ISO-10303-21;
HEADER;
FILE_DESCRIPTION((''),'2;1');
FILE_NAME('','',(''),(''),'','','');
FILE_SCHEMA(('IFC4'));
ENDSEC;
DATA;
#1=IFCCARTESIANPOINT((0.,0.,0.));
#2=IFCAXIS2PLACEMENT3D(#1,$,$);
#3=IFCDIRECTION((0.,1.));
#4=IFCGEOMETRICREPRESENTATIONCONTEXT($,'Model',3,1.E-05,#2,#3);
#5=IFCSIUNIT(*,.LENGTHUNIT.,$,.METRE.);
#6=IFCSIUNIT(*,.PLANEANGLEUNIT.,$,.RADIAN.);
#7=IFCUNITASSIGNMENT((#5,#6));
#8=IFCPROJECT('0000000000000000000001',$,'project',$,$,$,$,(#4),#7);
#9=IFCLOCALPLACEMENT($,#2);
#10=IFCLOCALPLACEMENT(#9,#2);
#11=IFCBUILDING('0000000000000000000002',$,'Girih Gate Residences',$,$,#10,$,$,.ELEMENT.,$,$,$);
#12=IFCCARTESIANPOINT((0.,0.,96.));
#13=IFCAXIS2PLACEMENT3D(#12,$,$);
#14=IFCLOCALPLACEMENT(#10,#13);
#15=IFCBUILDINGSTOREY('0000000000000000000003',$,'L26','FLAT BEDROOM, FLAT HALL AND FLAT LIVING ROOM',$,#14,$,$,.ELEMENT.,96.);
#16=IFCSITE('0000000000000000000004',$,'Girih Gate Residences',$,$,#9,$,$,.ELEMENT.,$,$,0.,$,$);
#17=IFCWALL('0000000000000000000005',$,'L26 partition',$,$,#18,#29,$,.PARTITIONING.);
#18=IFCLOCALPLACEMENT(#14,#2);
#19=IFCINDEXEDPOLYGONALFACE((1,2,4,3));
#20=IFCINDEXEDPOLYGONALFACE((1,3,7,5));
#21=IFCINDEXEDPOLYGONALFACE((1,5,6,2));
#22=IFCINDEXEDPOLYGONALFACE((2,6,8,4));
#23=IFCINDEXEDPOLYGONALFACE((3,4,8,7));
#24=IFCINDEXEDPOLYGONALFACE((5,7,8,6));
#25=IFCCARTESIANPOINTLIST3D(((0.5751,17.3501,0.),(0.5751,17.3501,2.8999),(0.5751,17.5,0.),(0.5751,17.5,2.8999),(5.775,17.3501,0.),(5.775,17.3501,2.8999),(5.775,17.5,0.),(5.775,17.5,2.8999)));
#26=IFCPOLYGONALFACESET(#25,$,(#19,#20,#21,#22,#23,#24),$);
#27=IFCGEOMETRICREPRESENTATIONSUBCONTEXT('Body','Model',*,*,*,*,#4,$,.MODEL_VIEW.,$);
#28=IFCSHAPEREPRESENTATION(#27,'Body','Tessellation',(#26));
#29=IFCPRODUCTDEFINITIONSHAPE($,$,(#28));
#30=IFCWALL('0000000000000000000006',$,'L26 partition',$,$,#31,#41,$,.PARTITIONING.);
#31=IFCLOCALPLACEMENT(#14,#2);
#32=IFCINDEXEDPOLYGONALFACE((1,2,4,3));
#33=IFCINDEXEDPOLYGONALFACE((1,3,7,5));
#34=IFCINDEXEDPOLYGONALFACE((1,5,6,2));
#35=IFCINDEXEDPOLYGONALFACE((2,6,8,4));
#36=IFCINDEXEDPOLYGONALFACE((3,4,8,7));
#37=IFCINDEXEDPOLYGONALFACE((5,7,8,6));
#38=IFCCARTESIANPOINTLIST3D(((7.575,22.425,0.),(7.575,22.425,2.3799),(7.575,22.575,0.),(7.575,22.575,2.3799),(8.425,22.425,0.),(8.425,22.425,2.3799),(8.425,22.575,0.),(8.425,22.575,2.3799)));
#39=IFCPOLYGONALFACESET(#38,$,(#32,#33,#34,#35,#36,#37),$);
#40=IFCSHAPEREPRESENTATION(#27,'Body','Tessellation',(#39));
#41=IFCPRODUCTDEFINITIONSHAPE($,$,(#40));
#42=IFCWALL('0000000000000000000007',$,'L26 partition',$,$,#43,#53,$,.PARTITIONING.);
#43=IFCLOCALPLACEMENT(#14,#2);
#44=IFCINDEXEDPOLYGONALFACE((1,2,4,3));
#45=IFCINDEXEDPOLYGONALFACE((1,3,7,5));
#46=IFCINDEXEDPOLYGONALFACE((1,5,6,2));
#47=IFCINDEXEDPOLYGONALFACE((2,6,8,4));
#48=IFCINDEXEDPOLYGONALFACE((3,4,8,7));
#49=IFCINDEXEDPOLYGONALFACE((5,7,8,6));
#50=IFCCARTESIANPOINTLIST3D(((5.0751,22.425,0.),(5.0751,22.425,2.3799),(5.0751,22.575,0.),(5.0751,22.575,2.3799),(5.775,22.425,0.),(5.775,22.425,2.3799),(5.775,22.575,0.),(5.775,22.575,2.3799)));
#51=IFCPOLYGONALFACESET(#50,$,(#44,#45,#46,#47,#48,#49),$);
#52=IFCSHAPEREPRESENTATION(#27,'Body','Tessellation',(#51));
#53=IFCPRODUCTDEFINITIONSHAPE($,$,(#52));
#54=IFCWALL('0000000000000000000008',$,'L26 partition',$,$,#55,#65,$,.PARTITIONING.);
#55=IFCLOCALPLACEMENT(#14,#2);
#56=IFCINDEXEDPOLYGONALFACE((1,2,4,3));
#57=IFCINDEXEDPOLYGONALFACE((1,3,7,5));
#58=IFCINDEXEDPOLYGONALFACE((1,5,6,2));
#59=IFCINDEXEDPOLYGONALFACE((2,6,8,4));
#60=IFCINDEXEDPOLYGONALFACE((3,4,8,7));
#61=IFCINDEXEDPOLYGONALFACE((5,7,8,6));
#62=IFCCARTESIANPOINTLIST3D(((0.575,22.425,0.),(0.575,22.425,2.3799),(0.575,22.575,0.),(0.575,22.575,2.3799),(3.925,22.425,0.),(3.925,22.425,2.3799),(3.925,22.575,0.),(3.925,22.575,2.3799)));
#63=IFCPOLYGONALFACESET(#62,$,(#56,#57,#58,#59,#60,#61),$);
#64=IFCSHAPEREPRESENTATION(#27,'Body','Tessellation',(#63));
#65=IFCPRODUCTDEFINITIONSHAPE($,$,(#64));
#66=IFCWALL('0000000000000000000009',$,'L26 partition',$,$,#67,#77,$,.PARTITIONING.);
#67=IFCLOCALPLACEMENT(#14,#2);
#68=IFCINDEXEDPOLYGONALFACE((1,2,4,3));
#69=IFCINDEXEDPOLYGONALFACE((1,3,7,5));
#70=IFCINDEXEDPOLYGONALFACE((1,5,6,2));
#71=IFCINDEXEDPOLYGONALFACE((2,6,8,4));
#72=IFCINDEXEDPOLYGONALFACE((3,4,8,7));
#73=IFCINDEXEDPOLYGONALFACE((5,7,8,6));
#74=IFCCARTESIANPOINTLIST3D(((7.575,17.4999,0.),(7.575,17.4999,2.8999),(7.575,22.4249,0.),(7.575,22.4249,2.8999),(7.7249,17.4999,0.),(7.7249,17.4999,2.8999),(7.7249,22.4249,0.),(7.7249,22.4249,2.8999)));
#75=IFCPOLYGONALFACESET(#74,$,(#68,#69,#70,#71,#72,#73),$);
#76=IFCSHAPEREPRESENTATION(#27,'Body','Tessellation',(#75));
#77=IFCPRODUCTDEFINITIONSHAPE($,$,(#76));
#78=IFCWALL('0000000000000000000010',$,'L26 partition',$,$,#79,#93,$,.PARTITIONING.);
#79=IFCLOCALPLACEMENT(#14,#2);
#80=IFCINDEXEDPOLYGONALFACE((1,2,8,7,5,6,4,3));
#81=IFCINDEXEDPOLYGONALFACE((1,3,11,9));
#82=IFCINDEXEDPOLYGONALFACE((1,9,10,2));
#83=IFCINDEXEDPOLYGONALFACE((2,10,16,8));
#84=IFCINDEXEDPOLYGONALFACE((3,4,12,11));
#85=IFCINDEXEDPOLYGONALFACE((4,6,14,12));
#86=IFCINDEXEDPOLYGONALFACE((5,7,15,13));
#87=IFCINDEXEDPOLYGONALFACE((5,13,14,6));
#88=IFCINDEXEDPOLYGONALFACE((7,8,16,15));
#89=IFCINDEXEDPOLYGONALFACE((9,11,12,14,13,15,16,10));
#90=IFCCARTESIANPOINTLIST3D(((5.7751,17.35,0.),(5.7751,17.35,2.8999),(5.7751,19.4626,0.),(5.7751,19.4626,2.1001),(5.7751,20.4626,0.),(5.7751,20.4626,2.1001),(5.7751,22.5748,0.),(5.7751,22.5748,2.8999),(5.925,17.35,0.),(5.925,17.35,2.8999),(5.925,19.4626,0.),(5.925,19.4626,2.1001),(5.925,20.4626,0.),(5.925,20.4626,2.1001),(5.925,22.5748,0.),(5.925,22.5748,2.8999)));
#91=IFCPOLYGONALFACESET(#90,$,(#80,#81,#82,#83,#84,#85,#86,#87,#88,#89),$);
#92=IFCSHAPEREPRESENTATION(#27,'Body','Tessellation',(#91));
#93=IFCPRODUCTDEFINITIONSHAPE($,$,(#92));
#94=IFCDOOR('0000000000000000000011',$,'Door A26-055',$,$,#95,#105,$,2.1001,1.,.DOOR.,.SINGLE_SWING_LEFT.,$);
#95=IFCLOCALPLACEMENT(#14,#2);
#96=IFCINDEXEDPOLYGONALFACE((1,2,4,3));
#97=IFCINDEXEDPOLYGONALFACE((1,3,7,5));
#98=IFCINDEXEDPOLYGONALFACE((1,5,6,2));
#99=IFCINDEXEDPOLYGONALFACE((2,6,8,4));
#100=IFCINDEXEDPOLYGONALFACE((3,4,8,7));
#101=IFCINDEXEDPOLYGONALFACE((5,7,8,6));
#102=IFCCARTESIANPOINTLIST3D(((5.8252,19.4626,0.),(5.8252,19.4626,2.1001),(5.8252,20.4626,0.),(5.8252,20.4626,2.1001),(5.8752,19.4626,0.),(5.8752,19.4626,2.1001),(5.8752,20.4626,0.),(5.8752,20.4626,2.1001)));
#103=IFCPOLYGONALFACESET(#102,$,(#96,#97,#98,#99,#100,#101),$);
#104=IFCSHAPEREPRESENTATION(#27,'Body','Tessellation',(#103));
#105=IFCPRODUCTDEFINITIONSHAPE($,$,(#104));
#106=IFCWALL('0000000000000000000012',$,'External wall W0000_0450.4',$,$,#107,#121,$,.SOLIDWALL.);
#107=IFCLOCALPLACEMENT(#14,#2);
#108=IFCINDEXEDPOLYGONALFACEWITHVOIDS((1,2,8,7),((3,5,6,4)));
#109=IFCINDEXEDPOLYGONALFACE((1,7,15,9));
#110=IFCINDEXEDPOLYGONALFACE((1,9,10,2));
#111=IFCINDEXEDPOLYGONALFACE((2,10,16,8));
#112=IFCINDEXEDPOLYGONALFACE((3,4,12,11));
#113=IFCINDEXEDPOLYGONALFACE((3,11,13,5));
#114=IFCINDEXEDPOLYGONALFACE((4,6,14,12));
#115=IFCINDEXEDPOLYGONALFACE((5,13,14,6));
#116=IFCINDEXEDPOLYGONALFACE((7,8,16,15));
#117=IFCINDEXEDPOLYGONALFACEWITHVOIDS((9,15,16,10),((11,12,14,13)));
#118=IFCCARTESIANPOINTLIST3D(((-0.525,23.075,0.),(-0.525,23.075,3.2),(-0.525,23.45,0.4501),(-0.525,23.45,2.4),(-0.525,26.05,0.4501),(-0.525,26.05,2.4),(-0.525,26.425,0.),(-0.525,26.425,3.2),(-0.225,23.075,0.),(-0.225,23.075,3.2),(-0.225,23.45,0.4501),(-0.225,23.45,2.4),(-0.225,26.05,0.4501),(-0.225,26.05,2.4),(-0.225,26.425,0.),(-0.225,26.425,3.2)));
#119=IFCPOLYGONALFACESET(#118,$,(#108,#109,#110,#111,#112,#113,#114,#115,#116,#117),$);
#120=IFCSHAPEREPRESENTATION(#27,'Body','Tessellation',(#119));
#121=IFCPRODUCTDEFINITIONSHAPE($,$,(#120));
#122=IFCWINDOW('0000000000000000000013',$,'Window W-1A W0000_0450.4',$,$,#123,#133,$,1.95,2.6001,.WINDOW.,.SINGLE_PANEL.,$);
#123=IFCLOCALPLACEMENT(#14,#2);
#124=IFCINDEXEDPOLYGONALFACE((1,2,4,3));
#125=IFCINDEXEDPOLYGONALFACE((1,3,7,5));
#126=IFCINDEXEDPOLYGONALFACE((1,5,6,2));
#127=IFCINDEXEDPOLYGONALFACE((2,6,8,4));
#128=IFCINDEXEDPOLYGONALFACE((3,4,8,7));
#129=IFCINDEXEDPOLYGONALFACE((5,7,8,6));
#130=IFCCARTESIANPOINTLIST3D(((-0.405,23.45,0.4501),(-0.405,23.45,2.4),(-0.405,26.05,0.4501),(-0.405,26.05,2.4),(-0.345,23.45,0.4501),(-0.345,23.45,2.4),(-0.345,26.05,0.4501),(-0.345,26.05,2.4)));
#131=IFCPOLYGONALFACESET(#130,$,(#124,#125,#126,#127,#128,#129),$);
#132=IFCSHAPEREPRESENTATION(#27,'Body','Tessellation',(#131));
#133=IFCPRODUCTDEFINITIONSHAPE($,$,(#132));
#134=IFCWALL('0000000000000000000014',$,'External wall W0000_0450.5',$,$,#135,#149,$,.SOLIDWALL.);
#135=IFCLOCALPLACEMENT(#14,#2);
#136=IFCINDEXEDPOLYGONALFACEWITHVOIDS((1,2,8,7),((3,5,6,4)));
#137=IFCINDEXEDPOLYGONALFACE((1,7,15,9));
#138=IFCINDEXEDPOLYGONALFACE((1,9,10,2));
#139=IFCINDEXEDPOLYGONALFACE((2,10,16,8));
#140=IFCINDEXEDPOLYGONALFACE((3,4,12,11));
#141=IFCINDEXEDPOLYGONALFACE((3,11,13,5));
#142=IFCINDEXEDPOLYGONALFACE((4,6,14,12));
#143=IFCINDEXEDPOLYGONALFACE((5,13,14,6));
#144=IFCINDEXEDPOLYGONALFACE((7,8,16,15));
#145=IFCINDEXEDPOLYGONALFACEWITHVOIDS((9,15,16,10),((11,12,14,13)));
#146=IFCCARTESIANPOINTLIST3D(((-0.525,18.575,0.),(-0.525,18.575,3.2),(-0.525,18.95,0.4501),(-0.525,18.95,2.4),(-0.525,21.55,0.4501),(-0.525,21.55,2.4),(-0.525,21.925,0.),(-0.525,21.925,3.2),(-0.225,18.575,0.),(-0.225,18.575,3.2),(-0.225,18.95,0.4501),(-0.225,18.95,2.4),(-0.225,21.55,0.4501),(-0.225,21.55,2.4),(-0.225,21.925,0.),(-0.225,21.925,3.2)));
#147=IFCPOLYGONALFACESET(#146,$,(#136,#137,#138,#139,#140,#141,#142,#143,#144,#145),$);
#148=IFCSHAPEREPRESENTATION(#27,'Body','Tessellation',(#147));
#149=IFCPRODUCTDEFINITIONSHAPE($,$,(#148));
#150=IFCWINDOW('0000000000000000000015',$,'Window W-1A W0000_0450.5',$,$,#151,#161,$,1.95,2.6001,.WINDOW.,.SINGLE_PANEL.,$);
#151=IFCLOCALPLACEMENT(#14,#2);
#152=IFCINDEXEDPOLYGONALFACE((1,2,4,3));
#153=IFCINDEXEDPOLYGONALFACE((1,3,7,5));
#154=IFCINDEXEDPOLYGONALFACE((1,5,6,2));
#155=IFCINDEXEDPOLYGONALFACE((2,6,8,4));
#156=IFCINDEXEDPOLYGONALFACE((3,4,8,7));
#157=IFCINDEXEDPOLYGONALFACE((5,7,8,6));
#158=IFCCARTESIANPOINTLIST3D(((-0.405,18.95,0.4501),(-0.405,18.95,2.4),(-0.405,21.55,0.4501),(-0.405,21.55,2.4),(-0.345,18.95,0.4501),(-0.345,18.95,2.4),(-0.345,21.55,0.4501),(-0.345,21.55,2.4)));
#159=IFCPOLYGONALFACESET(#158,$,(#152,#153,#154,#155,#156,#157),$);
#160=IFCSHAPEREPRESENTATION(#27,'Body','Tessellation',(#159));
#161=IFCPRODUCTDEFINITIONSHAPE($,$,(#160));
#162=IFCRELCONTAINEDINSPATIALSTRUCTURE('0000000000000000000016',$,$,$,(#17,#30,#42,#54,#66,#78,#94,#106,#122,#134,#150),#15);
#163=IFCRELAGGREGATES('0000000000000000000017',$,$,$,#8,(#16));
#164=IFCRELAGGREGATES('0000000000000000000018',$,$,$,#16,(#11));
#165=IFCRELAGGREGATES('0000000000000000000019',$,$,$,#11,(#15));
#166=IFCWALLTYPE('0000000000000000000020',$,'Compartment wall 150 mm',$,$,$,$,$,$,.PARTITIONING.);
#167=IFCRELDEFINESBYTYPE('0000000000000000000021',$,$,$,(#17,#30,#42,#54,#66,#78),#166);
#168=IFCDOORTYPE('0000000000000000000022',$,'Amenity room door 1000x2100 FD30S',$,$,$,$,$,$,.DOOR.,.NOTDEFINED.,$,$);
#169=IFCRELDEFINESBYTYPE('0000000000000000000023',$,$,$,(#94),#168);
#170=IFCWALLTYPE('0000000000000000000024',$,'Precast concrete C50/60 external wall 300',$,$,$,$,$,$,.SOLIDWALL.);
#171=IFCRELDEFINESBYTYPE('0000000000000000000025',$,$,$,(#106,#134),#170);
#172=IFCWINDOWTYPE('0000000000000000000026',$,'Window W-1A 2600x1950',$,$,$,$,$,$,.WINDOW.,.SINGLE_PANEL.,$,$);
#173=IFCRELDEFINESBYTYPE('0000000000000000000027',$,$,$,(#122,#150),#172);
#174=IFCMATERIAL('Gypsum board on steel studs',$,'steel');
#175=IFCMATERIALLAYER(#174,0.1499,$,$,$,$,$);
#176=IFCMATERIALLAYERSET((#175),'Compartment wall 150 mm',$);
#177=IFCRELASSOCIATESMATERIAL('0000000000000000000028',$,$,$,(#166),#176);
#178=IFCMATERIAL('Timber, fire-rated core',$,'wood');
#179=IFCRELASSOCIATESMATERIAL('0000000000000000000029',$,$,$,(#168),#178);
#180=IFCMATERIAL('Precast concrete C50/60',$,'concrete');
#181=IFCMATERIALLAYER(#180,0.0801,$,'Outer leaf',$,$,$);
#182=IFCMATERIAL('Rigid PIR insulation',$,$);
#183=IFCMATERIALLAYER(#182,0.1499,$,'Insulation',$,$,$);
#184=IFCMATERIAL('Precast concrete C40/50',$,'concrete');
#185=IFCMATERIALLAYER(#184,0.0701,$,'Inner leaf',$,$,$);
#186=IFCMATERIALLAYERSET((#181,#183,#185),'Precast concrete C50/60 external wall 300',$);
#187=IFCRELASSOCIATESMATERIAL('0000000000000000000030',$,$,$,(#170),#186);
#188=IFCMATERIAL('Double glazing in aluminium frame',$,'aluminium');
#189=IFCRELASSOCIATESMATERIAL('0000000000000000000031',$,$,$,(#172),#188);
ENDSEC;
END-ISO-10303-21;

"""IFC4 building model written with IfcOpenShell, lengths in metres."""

from ifc_helpers import new_model, si_unit, direction, frame, frame_2d, origin, place, context, subcontext, project, spatial, rectangle, extrude, material, layer, layer_set, type_object, element, fill, save


model = new_model("IFC4")

# Units and contexts
model_context = context("Model", 3, precision=1e-05, world=origin(), true_north=direction((0.0, 1.0)))
body_context = subcontext(model_context, "Body", "Model", "MODEL_VIEW")
ifc_project = project(units=[si_unit("LENGTHUNIT", "METRE"), si_unit("PLANEANGLEUNIT", "RADIAN")], contexts=[model_context])

# Site, building, storey
site_placement = place(None, origin())
site = spatial("IfcSite", under=ifc_project, at=site_placement, Name="Girih Gate Residences", CompositionType="ELEMENT", RefElevation=0.0)
building_placement = place(site_placement, origin())
building = spatial("IfcBuilding", under=site, at=building_placement, Name="Girih Gate Residences", CompositionType="ELEMENT")
storey_placement = place(building_placement, frame((0.0, 0.0, 96.0)))
storey = spatial("IfcBuildingStorey", under=building, at=storey_placement, Name="L26", Description="FLAT BEDROOM, FLAT HALL AND FLAT LIVING ROOM", CompositionType="ELEMENT", Elevation=96.0)

# Shared definitions
ifc_material_1 = material(Name="Gypsum board on steel studs", Category="steel")
ifc_layer_1 = layer(ifc_material_1, 0.1499)
ifc_layer_set_1 = layer_set([ifc_layer_1], Name="Compartment wall 150 mm")
wall_type_1 = type_object("IfcWallType", Name="Compartment wall 150 mm", PredefinedType="PARTITIONING", material=ifc_layer_set_1)

# Walls
wall_1_placement = place(storey_placement, frame((0.575, 17.425, 0.0), z_axis=(0.0, 0.0, 1.0), x_axis=(1.0, 0.0, 0.0)))
element("IfcWall", 1, at=wall_1_placement, inside=storey, type_object=wall_type_1, Name="L26 partition", PredefinedType="PARTITIONING", context=body_context, shape_type="SweptSolid", body=[
    extrude(rectangle(XDim=5.2, YDim=0.1499, at=frame_2d((2.6001, 0.0))), origin(), (0.0, 0.0, 1.0), 2.8999),
])
wall_2_placement = place(storey_placement, frame((7.575, 22.5, 0.0), z_axis=(0.0, 0.0, 1.0), x_axis=(1.0, 0.0, 0.0)))
element("IfcWall", 2, at=wall_2_placement, inside=storey, type_object=wall_type_1, Name="L26 partition", PredefinedType="PARTITIONING", context=body_context, shape_type="SweptSolid", body=[
    extrude(rectangle(XDim=0.8501, YDim=0.1499, at=frame_2d((0.425, 0.0))), origin(), (0.0, 0.0, 1.0), 2.3799),
])
wall_3_placement = place(storey_placement, frame((5.075, 22.5, 0.0), z_axis=(0.0, 0.0, 1.0), x_axis=(1.0, 0.0, 0.0)))
element("IfcWall", 3, at=wall_3_placement, inside=storey, type_object=wall_type_1, Name="L26 partition", PredefinedType="PARTITIONING", context=body_context, shape_type="SweptSolid", body=[
    extrude(rectangle(XDim=0.7, YDim=0.1499, at=frame_2d((0.3501, 0.0))), origin(), (0.0, 0.0, 1.0), 2.3799),
])
wall_4_placement = place(storey_placement, frame((0.575, 22.5, 0.0), z_axis=(0.0, 0.0, 1.0), x_axis=(1.0, 0.0, 0.0)))
element("IfcWall", 4, at=wall_4_placement, inside=storey, type_object=wall_type_1, Name="L26 partition", PredefinedType="PARTITIONING", context=body_context, shape_type="SweptSolid", body=[
    extrude(rectangle(XDim=3.3501, YDim=0.1499, at=frame_2d((1.675, 0.0))), origin(), (0.0, 0.0, 1.0), 2.3799),
])
wall_5_placement = place(storey_placement, frame((7.6499, 17.5, 0.0), z_axis=(0.0, 0.0, 1.0), x_axis=(0.0, 1.0, 0.0)))
element("IfcWall", 5, at=wall_5_placement, inside=storey, type_object=wall_type_1, Name="L26 partition", PredefinedType="PARTITIONING", context=body_context, shape_type="SweptSolid", body=[
    extrude(rectangle(XDim=4.925, YDim=0.1499, at=frame_2d((2.4624, 0.0))), origin(), (0.0, 0.0, 1.0), 2.8999),
])

# Wall, opening, door
wall_6_placement = place(storey_placement, frame((5.8501, 17.3501, 0.0), z_axis=(0.0, 0.0, 1.0), x_axis=(0.0, 1.0, 0.0)))
wall_6 = element("IfcWall", 6, at=wall_6_placement, inside=storey, type_object=wall_type_1, Name="L26 partition", PredefinedType="PARTITIONING", context=body_context, shape_type="SweptSolid", body=[
    extrude(rectangle(XDim=5.2249, YDim=0.1499, at=frame_2d((2.6123, 0.0))), origin(), (0.0, 0.0, 1.0), 2.8999),
])
opening_1_placement = place(wall_6_placement, frame((2.1125, 0.0, 0.0)))
opening_1 = element("IfcOpeningElement", 7, at=opening_1_placement, cuts=wall_6, PredefinedType="OPENING", context=body_context, shape_type="SweptSolid", body=[
    extrude(rectangle(XDim=1.0, YDim=2.1001, at=frame_2d((0.5, 1.05))), frame((0.0, 0.085, 0.0), z_axis=(0.0, -1.0, 0.0), x_axis=(1.0, 0.0, 0.0)), (0.0, 0.0, 1.0), 0.1699),
])
ifc_material_2 = material(Name="Timber, fire-rated core", Category="wood")
door_type_1 = type_object("IfcDoorType", Name="Amenity room door 1000x2100 FD30S", OperationType="NOTDEFINED", PredefinedType="DOOR", material=ifc_material_2)
door_1_placement = place(opening_1_placement, origin())
door_1 = element("IfcDoor", 8, at=door_1_placement, inside=storey, type_object=door_type_1, Name="Door A26-055", OperationType="SINGLE_SWING_LEFT", OverallHeight=2.1001, OverallWidth=1.0, PredefinedType="DOOR", context=body_context, shape_type="SweptSolid", body=[
    extrude(rectangle(XDim=1.0, YDim=2.1001, at=frame_2d((0.5, 1.05))), frame((0.0, 0.0249, 0.0), z_axis=(0.0, -1.0, 0.0), x_axis=(1.0, 0.0, 0.0)), (0.0, 0.0, 1.0), 0.05),
])
fill(opening_1, door_1)

# Walls, openings, windows
ifc_material_3 = material(Name="Precast concrete C50/60", Category="concrete")
ifc_layer_2 = layer(ifc_material_3, 0.0801, Name="Outer leaf")
ifc_material_4 = material(Name="Rigid PIR insulation")
ifc_layer_3 = layer(ifc_material_4, 0.1499, Name="Insulation")
ifc_material_5 = material(Name="Precast concrete C40/50", Category="concrete")
ifc_layer_4 = layer(ifc_material_5, 0.0701, Name="Inner leaf")
ifc_layer_set_2 = layer_set([ifc_layer_2, ifc_layer_3, ifc_layer_4], Name="Precast concrete C50/60 external wall 300")
wall_type_2 = type_object("IfcWallType", Name="Precast concrete C50/60 external wall 300", PredefinedType="SOLIDWALL", material=ifc_layer_set_2)
wall_7_placement = place(storey_placement, frame((-0.375, 23.075, 0.0), z_axis=(0.0, 0.0, 1.0), x_axis=(0.0, 1.0, 0.0)))
wall_7 = element("IfcWall", 9, at=wall_7_placement, inside=storey, type_object=wall_type_2, Name="External wall W0000_0450.4", PredefinedType="SOLIDWALL", context=body_context, shape_type="SweptSolid", body=[
    extrude(rectangle(XDim=3.3501, YDim=0.3, at=frame_2d((1.675, 0.0))), origin(), (0.0, 0.0, 1.0), 3.2),
])
opening_2_placement = place(wall_7_placement, frame((0.375, 0.0, 0.45)))
opening_2 = element("IfcOpeningElement", 10, at=opening_2_placement, cuts=wall_7, PredefinedType="OPENING", context=body_context, shape_type="SweptSolid", body=[
    extrude(rectangle(XDim=2.6001, YDim=1.95, at=frame_2d((1.3, 0.9751))), frame((0.0, 0.1599, 0.0), z_axis=(0.0, -1.0, 0.0), x_axis=(1.0, 0.0, 0.0)), (0.0, 0.0, 1.0), 0.3201),
])
ifc_material_6 = material(Name="Double glazing in aluminium frame", Category="aluminium")
window_type = type_object("IfcWindowType", Name="Window W-1A 2600x1950", PartitioningType="SINGLE_PANEL", PredefinedType="WINDOW", material=ifc_material_6)
window_1_placement = place(opening_2_placement, origin())
window_1 = element("IfcWindow", 11, at=window_1_placement, inside=storey, type_object=window_type, Name="Window W-1A W0000_0450.4", OverallHeight=1.95, OverallWidth=2.6001, PartitioningType="SINGLE_PANEL", PredefinedType="WINDOW", context=body_context, shape_type="SweptSolid", body=[
    extrude(rectangle(XDim=2.6001, YDim=1.95, at=frame_2d((1.3, 0.9751))), frame((0.0, 0.03, 0.0), z_axis=(0.0, -1.0, 0.0), x_axis=(1.0, 0.0, 0.0)), (0.0, 0.0, 1.0), 0.0601),
])
fill(opening_2, window_1)
wall_8_placement = place(storey_placement, frame((-0.375, 18.575, 0.0), z_axis=(0.0, 0.0, 1.0), x_axis=(0.0, 1.0, 0.0)))
wall_8 = element("IfcWall", 12, at=wall_8_placement, inside=storey, type_object=wall_type_2, Name="External wall W0000_0450.5", PredefinedType="SOLIDWALL", context=body_context, shape_type="SweptSolid", body=[
    extrude(rectangle(XDim=3.3501, YDim=0.3, at=frame_2d((1.675, 0.0))), origin(), (0.0, 0.0, 1.0), 3.2),
])
opening_3_placement = place(wall_8_placement, frame((0.375, 0.0, 0.45)))
opening_3 = element("IfcOpeningElement", 13, at=opening_3_placement, cuts=wall_8, PredefinedType="OPENING", context=body_context, shape_type="SweptSolid", body=[
    extrude(rectangle(XDim=2.6001, YDim=1.95, at=frame_2d((1.3, 0.9751))), frame((0.0, 0.1599, 0.0), z_axis=(0.0, -1.0, 0.0), x_axis=(1.0, 0.0, 0.0)), (0.0, 0.0, 1.0), 0.3201),
])
window_2_placement = place(opening_3_placement, origin())
window_2 = element("IfcWindow", 14, at=window_2_placement, inside=storey, type_object=window_type, Name="Window W-1A W0000_0450.5", OverallHeight=1.95, OverallWidth=2.6001, PartitioningType="SINGLE_PANEL", PredefinedType="WINDOW", context=body_context, shape_type="SweptSolid", body=[
    extrude(rectangle(XDim=2.6001, YDim=1.95, at=frame_2d((1.3, 0.9751))), frame((0.0, 0.03, 0.0), z_axis=(0.0, -1.0, 0.0), x_axis=(1.0, 0.0, 0.0)), (0.0, 0.0, 1.0), 0.0601),
])
fill(opening_3, window_2)

save(model, "model.ifc")
